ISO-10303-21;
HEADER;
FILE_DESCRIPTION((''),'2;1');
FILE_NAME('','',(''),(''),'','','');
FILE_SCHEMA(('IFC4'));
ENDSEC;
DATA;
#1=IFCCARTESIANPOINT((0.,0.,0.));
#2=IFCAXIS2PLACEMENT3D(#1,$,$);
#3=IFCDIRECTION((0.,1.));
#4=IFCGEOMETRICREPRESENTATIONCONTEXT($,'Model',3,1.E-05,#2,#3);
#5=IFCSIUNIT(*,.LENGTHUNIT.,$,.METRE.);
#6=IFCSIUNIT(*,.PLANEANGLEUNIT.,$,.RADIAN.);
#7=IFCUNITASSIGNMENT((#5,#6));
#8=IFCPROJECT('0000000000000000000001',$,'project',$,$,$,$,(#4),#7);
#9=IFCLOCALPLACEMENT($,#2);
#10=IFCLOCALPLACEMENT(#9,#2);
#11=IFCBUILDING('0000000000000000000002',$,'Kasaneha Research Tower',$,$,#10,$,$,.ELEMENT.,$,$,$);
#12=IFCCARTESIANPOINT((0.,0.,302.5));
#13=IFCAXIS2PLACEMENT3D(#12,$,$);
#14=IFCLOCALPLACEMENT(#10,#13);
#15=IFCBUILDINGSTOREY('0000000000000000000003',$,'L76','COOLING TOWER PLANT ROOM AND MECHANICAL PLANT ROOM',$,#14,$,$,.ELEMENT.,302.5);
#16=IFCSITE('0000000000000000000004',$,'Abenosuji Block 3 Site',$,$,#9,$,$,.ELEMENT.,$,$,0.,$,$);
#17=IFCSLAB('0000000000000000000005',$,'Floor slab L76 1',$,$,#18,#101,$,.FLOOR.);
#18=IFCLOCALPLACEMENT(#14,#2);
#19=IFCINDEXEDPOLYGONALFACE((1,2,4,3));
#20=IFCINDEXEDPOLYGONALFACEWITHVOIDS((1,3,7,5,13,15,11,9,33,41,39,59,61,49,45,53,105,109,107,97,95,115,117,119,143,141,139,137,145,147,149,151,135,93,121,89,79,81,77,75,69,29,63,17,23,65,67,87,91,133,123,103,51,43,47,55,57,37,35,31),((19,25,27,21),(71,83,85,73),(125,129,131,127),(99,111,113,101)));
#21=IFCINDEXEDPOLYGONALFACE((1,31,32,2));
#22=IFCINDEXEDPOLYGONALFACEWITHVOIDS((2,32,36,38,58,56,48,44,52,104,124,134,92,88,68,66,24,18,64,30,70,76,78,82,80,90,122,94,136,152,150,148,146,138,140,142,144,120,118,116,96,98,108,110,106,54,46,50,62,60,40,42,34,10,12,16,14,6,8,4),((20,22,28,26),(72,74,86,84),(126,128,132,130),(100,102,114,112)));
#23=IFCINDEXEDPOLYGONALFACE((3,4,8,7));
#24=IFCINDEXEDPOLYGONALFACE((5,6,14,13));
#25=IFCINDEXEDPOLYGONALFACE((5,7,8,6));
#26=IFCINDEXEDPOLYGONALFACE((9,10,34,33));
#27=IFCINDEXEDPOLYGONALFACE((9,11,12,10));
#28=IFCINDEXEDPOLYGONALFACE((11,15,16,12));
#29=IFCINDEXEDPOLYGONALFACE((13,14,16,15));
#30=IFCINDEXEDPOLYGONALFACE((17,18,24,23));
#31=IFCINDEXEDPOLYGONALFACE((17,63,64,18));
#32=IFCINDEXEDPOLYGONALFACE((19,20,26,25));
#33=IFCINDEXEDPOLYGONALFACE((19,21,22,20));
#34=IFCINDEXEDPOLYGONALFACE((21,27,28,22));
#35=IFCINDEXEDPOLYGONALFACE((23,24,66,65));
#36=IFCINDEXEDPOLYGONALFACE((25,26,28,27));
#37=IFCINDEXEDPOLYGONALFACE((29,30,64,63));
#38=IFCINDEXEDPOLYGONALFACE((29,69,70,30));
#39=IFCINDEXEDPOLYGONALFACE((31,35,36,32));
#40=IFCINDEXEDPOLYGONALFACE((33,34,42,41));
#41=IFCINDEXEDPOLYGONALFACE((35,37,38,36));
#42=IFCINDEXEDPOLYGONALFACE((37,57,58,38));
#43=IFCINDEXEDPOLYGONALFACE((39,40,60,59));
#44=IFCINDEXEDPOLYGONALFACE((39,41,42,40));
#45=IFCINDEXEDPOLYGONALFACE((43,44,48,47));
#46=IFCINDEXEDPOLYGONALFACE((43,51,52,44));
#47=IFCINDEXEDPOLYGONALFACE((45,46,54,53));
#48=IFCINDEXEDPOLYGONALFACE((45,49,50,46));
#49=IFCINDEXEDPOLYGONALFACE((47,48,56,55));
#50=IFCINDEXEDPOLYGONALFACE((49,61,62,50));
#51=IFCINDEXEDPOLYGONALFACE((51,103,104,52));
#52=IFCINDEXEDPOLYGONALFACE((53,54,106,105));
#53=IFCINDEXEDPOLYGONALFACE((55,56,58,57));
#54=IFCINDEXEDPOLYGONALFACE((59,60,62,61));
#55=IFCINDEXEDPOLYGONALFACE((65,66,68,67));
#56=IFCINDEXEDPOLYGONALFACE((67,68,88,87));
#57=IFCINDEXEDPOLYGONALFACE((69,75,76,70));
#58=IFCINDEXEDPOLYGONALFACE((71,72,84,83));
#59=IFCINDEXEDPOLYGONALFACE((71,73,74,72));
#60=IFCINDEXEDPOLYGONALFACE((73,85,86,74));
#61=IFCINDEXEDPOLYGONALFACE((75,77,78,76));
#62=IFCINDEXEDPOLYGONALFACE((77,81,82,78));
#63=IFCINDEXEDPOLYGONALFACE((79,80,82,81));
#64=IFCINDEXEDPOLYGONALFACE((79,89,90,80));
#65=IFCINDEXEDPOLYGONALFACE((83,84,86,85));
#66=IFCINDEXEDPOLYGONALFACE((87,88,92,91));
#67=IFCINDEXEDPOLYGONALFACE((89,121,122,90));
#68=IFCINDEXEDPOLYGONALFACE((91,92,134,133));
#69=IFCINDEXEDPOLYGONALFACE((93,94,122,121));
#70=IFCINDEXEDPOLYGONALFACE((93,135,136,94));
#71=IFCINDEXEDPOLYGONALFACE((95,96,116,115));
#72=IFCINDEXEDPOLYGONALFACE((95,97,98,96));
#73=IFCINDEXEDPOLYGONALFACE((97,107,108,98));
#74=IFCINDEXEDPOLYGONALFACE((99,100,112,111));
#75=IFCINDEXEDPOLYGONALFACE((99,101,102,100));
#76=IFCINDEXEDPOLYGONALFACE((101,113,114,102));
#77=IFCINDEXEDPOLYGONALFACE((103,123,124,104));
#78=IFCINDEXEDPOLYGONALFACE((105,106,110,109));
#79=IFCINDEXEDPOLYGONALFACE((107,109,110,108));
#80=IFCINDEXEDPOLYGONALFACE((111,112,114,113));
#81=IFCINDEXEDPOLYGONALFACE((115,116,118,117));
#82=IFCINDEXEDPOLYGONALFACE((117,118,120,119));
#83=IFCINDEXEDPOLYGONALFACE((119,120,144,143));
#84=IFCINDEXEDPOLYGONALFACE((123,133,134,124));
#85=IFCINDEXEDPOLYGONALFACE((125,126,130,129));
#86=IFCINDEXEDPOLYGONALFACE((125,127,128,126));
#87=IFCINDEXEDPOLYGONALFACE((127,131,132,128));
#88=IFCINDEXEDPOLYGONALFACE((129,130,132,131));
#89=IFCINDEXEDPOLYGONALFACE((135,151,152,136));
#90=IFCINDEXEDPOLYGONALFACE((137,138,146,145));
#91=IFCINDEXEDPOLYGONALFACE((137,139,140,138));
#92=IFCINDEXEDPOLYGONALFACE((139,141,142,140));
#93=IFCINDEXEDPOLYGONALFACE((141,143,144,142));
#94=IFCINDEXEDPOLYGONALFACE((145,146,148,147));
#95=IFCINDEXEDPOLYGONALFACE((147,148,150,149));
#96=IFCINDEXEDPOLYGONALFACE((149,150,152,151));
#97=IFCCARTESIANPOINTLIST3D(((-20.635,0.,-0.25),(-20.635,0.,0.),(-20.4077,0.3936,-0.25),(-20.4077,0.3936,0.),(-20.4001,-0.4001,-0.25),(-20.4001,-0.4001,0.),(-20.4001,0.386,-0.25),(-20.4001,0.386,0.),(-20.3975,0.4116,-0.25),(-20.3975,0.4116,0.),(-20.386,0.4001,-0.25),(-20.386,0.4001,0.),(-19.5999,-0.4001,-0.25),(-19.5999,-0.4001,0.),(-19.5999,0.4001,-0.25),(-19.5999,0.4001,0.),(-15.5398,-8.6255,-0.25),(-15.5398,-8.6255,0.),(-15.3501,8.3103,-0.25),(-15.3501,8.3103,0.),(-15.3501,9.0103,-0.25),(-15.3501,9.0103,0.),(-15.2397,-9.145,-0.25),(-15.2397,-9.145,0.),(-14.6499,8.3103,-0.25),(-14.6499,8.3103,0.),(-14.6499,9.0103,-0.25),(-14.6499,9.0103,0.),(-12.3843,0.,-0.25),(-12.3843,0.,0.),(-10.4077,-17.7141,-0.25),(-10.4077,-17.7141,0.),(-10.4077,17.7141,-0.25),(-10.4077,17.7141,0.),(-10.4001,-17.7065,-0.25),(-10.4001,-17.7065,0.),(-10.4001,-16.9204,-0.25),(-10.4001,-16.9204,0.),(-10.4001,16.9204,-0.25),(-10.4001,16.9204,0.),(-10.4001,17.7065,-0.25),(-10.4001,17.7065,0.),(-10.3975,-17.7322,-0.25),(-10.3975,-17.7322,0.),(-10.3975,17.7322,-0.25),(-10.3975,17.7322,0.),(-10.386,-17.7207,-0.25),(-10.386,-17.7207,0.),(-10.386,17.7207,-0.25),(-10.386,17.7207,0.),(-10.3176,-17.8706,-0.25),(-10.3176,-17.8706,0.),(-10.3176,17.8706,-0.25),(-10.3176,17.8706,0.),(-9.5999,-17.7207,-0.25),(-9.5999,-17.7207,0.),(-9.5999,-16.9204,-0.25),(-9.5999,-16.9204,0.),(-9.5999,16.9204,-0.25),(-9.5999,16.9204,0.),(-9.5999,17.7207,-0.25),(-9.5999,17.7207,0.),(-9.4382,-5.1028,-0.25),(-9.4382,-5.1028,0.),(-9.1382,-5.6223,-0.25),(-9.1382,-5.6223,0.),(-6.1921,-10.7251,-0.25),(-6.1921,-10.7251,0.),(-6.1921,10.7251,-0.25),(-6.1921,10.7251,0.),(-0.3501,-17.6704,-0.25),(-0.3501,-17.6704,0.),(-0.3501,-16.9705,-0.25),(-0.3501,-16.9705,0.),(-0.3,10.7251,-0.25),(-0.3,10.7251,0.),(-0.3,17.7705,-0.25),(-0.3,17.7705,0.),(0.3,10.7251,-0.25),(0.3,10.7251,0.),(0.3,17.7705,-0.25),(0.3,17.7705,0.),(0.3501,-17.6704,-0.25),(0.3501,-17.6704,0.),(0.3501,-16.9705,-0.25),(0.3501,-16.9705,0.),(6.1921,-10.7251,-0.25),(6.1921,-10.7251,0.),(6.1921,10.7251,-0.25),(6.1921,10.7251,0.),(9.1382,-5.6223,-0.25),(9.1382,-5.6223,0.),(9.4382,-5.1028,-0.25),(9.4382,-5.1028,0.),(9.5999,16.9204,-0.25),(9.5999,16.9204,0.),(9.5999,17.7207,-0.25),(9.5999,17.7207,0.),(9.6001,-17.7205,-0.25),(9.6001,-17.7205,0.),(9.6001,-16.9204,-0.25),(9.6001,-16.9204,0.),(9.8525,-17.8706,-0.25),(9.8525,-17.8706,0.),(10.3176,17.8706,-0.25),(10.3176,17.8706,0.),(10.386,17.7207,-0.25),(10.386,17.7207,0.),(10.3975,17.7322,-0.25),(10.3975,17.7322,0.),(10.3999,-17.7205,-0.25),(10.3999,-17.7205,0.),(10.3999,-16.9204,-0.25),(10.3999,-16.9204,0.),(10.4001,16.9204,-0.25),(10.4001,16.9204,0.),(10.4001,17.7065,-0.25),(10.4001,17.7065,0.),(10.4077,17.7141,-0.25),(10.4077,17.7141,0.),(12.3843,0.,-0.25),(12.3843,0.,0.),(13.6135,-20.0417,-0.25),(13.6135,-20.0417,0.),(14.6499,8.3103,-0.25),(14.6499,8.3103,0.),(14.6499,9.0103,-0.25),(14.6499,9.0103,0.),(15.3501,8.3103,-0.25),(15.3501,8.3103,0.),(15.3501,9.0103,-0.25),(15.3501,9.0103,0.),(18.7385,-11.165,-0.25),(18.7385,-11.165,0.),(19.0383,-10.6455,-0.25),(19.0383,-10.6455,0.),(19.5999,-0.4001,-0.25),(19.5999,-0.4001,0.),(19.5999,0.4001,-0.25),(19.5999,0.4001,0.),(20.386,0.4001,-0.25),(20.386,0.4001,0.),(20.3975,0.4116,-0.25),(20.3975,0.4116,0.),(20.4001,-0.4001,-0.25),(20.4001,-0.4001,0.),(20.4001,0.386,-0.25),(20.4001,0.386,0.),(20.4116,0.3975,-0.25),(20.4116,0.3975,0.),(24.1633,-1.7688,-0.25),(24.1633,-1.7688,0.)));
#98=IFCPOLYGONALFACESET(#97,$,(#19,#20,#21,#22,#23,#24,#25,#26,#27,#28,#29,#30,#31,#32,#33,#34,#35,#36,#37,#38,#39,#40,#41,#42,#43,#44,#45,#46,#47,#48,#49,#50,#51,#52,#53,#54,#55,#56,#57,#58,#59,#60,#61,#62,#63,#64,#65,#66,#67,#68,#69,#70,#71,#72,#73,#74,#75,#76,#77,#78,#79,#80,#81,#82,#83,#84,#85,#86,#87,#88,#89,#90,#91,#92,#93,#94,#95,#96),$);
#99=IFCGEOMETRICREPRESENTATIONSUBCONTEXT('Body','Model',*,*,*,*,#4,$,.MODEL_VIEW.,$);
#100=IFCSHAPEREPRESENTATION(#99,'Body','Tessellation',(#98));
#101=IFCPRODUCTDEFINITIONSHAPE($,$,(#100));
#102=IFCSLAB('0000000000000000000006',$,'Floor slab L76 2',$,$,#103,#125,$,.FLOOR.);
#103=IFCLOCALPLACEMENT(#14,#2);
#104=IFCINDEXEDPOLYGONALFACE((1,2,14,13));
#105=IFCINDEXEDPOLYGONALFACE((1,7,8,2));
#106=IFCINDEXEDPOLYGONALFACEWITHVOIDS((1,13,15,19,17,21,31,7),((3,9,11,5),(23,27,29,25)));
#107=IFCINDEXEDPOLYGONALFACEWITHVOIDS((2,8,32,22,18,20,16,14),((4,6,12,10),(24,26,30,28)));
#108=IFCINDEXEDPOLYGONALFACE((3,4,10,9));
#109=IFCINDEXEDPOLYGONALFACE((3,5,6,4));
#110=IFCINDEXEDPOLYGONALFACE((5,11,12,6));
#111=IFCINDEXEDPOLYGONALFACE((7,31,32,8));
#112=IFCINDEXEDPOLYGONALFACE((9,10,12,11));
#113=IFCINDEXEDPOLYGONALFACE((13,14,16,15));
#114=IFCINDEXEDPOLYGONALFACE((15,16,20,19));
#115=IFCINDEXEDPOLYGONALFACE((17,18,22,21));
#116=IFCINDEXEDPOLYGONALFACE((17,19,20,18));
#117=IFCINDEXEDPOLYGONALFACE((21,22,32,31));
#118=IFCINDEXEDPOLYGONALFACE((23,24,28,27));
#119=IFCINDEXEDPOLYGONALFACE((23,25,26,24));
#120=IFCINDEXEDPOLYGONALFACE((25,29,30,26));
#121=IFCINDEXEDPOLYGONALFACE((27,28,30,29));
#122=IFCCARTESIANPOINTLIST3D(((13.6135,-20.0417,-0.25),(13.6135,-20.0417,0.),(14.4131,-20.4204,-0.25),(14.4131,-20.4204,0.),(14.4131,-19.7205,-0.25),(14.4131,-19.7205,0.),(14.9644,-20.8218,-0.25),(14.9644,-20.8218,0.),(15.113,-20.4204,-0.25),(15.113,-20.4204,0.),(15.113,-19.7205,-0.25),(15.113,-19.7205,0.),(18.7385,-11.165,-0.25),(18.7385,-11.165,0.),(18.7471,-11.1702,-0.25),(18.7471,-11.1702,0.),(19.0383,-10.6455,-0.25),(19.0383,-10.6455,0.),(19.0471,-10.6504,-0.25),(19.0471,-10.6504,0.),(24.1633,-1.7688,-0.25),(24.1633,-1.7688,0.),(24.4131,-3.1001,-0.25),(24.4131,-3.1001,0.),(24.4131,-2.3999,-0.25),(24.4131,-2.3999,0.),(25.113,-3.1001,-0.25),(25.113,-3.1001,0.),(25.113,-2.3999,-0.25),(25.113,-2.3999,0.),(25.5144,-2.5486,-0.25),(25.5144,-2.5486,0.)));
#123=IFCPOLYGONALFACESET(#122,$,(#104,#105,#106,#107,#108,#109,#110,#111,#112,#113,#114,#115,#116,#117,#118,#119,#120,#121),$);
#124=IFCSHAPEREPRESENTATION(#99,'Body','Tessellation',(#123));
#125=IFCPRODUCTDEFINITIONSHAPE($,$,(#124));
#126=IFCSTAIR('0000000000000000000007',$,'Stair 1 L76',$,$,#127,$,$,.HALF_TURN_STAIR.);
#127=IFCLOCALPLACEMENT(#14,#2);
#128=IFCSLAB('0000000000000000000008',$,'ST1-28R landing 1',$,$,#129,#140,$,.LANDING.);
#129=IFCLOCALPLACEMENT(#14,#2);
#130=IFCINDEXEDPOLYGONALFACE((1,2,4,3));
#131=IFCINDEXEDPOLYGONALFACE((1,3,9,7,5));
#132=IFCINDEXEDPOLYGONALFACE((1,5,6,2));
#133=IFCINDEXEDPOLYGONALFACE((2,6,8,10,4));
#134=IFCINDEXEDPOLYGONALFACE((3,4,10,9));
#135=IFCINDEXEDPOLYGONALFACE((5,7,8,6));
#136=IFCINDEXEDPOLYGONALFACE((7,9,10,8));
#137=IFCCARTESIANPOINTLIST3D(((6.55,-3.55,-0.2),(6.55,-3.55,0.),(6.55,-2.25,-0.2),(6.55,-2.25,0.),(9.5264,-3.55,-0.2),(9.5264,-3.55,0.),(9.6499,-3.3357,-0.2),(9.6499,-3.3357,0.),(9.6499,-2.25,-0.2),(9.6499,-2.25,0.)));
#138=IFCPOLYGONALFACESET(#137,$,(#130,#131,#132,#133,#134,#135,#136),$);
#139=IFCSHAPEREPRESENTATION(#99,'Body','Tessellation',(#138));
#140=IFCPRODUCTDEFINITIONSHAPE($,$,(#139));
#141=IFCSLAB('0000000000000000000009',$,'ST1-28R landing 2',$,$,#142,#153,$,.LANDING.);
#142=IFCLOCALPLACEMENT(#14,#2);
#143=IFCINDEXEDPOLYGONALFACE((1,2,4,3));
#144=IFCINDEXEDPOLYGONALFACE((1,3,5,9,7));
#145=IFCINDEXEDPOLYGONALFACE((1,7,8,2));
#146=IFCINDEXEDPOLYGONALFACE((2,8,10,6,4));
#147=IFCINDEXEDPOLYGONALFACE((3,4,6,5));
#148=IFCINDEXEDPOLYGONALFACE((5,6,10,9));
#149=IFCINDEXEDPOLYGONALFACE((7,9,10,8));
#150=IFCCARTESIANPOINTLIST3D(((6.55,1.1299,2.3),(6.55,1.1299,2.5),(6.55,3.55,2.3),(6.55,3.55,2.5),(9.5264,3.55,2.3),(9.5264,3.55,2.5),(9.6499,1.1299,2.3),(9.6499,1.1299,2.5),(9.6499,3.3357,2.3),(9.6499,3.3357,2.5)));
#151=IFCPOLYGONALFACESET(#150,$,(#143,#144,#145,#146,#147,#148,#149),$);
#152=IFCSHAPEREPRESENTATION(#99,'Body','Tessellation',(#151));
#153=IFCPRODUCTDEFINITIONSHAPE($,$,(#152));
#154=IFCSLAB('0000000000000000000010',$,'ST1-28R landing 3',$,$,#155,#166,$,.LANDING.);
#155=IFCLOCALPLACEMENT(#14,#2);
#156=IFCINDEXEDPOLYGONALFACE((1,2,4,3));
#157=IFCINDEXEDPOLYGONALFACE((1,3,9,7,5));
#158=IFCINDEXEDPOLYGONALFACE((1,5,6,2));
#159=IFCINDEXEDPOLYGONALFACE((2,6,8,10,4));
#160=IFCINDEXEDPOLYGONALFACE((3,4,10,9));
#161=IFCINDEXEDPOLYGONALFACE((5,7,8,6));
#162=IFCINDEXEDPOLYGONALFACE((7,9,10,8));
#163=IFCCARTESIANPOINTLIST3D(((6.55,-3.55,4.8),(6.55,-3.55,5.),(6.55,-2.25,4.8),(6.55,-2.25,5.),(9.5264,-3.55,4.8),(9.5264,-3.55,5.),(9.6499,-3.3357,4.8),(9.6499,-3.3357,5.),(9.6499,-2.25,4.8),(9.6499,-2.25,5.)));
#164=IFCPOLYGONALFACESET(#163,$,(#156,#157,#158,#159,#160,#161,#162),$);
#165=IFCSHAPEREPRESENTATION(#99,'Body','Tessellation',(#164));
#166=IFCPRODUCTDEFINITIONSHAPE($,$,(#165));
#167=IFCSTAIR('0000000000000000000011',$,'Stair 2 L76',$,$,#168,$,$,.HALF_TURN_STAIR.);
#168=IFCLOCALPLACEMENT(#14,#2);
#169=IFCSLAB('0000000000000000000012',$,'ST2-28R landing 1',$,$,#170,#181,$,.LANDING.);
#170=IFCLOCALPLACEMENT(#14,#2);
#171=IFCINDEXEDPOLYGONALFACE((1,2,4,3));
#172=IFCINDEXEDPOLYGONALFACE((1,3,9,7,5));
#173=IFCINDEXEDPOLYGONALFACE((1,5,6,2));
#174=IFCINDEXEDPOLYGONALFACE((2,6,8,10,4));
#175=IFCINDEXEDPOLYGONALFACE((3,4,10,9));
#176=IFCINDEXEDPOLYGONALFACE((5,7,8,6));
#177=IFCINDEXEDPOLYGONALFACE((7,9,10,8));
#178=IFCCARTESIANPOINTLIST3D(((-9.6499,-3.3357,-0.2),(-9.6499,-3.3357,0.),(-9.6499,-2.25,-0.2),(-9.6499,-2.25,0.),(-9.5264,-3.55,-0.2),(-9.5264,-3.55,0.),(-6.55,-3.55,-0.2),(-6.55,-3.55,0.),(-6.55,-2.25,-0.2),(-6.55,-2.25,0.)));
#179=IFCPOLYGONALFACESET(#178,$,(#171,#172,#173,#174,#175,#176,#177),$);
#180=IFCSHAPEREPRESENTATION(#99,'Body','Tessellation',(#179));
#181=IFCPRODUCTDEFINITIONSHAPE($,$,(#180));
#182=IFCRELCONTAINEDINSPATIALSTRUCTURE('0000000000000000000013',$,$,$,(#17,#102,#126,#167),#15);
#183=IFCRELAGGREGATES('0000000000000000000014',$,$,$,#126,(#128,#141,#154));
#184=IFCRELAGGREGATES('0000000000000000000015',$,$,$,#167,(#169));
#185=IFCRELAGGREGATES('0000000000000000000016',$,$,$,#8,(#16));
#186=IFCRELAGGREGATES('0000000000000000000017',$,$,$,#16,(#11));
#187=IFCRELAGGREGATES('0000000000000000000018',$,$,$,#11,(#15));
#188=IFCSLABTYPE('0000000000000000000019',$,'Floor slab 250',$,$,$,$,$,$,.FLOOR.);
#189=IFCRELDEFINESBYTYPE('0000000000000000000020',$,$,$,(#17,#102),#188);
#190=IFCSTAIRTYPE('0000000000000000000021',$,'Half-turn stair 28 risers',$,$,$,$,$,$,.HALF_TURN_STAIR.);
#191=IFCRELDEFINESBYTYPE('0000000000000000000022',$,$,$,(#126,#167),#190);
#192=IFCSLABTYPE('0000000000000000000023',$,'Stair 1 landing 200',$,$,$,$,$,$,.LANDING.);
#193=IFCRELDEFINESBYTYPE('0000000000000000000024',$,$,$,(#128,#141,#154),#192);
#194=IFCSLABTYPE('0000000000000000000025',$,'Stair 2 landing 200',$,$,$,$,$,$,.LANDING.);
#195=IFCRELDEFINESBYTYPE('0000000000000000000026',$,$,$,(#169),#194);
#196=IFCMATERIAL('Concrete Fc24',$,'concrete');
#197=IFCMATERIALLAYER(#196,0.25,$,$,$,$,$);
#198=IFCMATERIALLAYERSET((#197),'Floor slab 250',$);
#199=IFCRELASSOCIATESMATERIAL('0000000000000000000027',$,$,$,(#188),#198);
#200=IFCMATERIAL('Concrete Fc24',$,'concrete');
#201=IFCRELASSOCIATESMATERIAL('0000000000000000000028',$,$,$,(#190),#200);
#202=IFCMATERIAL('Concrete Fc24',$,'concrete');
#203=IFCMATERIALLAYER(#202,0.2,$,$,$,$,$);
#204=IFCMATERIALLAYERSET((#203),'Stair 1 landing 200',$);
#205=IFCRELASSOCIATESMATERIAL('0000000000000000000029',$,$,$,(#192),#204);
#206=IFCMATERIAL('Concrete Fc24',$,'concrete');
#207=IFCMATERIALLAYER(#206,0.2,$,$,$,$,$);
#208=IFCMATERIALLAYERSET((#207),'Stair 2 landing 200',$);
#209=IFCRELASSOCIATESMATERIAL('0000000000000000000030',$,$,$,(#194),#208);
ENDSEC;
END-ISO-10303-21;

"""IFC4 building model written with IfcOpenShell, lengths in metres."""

from ifc_helpers import new_model, si_unit, direction, frame, origin, place, context, subcontext, project, spatial, polyline, outline, extrude, material, layer, layer_set, type_object, element, aggregate, save


model = new_model("IFC4")

# Units and contexts
model_context = context("Model", 3, precision=1e-05, world=origin(), true_north=direction((0.0, 1.0)))
body_context = subcontext(model_context, "Body", "Model", "MODEL_VIEW")
ifc_project = project(units=[si_unit("LENGTHUNIT", "METRE"), si_unit("PLANEANGLEUNIT", "RADIAN")], contexts=[model_context])

# Site, building, storey
site_placement = place(None, origin())
site = spatial("IfcSite", under=ifc_project, at=site_placement, Name="Abenosuji Block 3 Site", CompositionType="ELEMENT", RefElevation=0.0)
building_placement = place(site_placement, origin())
building = spatial("IfcBuilding", under=site, at=building_placement, Name="Kasaneha Research Tower", CompositionType="ELEMENT")
storey_placement = place(building_placement, frame((0.0, 0.0, 302.5)))
storey = spatial("IfcBuildingStorey", under=building, at=storey_placement, Name="L76", Description="COOLING TOWER PLANT ROOM AND MECHANICAL PLANT ROOM", CompositionType="ELEMENT", Elevation=302.5)

# Slabs
ifc_material_1 = material(Name="Concrete Fc24", Category="concrete")
ifc_layer_1 = layer(ifc_material_1, 0.25)
ifc_layer_set_1 = layer_set([ifc_layer_1], Name="Floor slab 250")
slab_type_1 = type_object("IfcSlabType", Name="Floor slab 250", PredefinedType="FLOOR", material=ifc_layer_set_1)
slab_1_placement = place(storey_placement, frame((0.0, 0.0, -0.25)))
element("IfcSlab", 1, at=slab_1_placement, inside=storey, type_object=slab_type_1, Name="Floor slab L76 1", PredefinedType="FLOOR", context=body_context, shape_type="SweptSolid", body=[
    extrude(outline(polyline([(-10.3176, -17.8706), (-10.3975, -17.7322), (-10.386, -17.7207), (-9.5999, -17.7207), (-9.5999, -16.9204), (-10.4001, -16.9204), (-10.4001, -17.7065), (-10.4077, -17.7141), (-20.635, 0.0), (-20.4077, 0.3936), (-20.4001, 0.386), (-20.4001, -0.4001), (-19.5999, -0.4001), (-19.5999, 0.4001), (-20.386, 0.4001), (-20.3975, 0.4116), (-10.4077, 17.7141), (-10.4001, 17.7065), (-10.4001, 16.9204), (-9.5999, 16.9204), (-9.5999, 17.7207), (-10.386, 17.7207), (-10.3975, 17.7322), (-10.3176, 17.8706), (10.3176, 17.8706), (10.3975, 17.7322), (10.386, 17.7207), (9.5999, 17.7207), (9.5999, 16.9204), (10.4001, 16.9204), (10.4001, 17.7065), (10.4077, 17.7141), (20.3975, 0.4116), (20.386, 0.4001), (19.5999, 0.4001), (19.5999, -0.4001), (20.4001, -0.4001), (20.4001, 0.386), (20.4116, 0.3975), (24.1633, -1.7688), (19.0383, -10.6455), (9.4382, -5.1028), (12.3843, 0.0), (6.1921, 10.7251), (0.3, 10.7251), (0.3, 17.7705), (-0.3, 17.7705), (-0.3, 10.7251), (-6.1921, 10.7251), (-12.3843, 0.0), (-9.4382, -5.1028), (-15.5398, -8.6255), (-15.2397, -9.145), (-9.1382, -5.6223), (-6.1921, -10.7251), (6.1921, -10.7251), (9.1382, -5.6223), (18.7385, -11.165), (13.6135, -20.0417), (9.8525, -17.8706), (-10.3176, -17.8706)]), holes=[polyline([(0.3501, -17.6704), (0.3501, -16.9705), (-0.3501, -16.9705), (-0.3501, -17.6704), (0.3501, -17.6704)]), polyline([(-15.3501, 8.3103), (-14.6499, 8.3103), (-14.6499, 9.0103), (-15.3501, 9.0103), (-15.3501, 8.3103)]), polyline([(9.6001, -17.7205), (10.3999, -17.7205), (10.3999, -16.9204), (9.6001, -16.9204), (9.6001, -17.7205)]), polyline([(14.6499, 8.3103), (15.3501, 8.3103), (15.3501, 9.0103), (14.6499, 9.0103), (14.6499, 8.3103)])]), origin(), (0.0, 0.0, 1.0), 0.25),
])
slab_2_placement = place(storey_placement, frame((0.0, 0.0, -0.25)))
element("IfcSlab", 2, at=slab_2_placement, inside=storey, type_object=slab_type_1, Name="Floor slab L76 2", PredefinedType="FLOOR", context=body_context, shape_type="SweptSolid", body=[
    extrude(outline(polyline([(25.5144, -2.5486), (14.9644, -20.8218), (13.6135, -20.0417), (18.7385, -11.165), (18.7471, -11.1702), (19.0471, -10.6504), (19.0383, -10.6455), (24.1633, -1.7688), (25.5144, -2.5486)]), holes=[polyline([(14.4131, -20.4204), (15.113, -20.4204), (15.113, -19.7205), (14.4131, -19.7205), (14.4131, -20.4204)]), polyline([(24.4131, -3.1001), (25.113, -3.1001), (25.113, -2.3999), (24.4131, -2.3999), (24.4131, -3.1001)])]), origin(), (0.0, 0.0, 1.0), 0.25),
])

# Stair, slabs
ifc_material_2 = material(Name="Concrete Fc24", Category="concrete")
stair_type = type_object("IfcStairType", Name="Half-turn stair 28 risers", PredefinedType="HALF_TURN_STAIR", material=ifc_material_2)
stair_1_placement = place(storey_placement, origin())
stair_1 = element("IfcStair", 3, at=stair_1_placement, inside=storey, type_object=stair_type, Name="Stair 1 L76", PredefinedType="HALF_TURN_STAIR")
ifc_material_3 = material(Name="Concrete Fc24", Category="concrete")
ifc_layer_2 = layer(ifc_material_3, 0.2)
ifc_layer_set_2 = layer_set([ifc_layer_2], Name="Stair 1 landing 200")
slab_type_2 = type_object("IfcSlabType", Name="Stair 1 landing 200", PredefinedType="LANDING", material=ifc_layer_set_2)
slab_3_placement = place(storey_placement, frame((0.0, 0.0, -0.2)))
slab_3 = element("IfcSlab", 4, at=slab_3_placement, type_object=slab_type_2, Name="ST1-28R landing 1", PredefinedType="LANDING", context=body_context, shape_type="SweptSolid", body=[
    extrude(outline(polyline([(9.5264, -3.55), (6.55, -3.55), (6.55, -2.25), (9.6499, -2.25), (9.6499, -3.3357), (9.5264, -3.55)])), origin(), (0.0, 0.0, 1.0), 0.2),
])
slab_4_placement = place(storey_placement, frame((0.0, 0.0, 2.3)))
slab_4 = element("IfcSlab", 5, at=slab_4_placement, type_object=slab_type_2, Name="ST1-28R landing 2", PredefinedType="LANDING", context=body_context, shape_type="SweptSolid", body=[
    extrude(outline(polyline([(6.55, 3.55), (9.5264, 3.55), (9.6499, 3.3357), (9.6499, 1.1299), (6.55, 1.1299), (6.55, 3.55)])), origin(), (0.0, 0.0, 1.0), 0.2),
])
slab_5_placement = place(storey_placement, frame((0.0, 0.0, 4.8)))
slab_5 = element("IfcSlab", 6, at=slab_5_placement, type_object=slab_type_2, Name="ST1-28R landing 3", PredefinedType="LANDING", context=body_context, shape_type="SweptSolid", body=[
    extrude(outline(polyline([(9.5264, -3.55), (6.55, -3.55), (6.55, -2.25), (9.6499, -2.25), (9.6499, -3.3357), (9.5264, -3.55)])), origin(), (0.0, 0.0, 1.0), 0.2),
])
aggregate(stair_1, [slab_3, slab_4, slab_5])

# Stair, slab
stair_2_placement = place(storey_placement, origin())
stair_2 = element("IfcStair", 7, at=stair_2_placement, inside=storey, type_object=stair_type, Name="Stair 2 L76", PredefinedType="HALF_TURN_STAIR")
ifc_material_4 = material(Name="Concrete Fc24", Category="concrete")
ifc_layer_3 = layer(ifc_material_4, 0.2)
ifc_layer_set_3 = layer_set([ifc_layer_3], Name="Stair 2 landing 200")
slab_type_3 = type_object("IfcSlabType", Name="Stair 2 landing 200", PredefinedType="LANDING", material=ifc_layer_set_3)
slab_6_placement = place(storey_placement, frame((0.0, 0.0, -0.2)))
slab_6 = element("IfcSlab", 8, at=slab_6_placement, type_object=slab_type_3, Name="ST2-28R landing 1", PredefinedType="LANDING", context=body_context, shape_type="SweptSolid", body=[
    extrude(outline(polyline([(-6.55, -3.55), (-9.5264, -3.55), (-9.6499, -3.3357), (-9.6499, -2.25), (-6.55, -2.25), (-6.55, -3.55)])), origin(), (0.0, 0.0, 1.0), 0.2),
])

aggregate(stair_2, [slab_6])

save(model, "model.ifc")
